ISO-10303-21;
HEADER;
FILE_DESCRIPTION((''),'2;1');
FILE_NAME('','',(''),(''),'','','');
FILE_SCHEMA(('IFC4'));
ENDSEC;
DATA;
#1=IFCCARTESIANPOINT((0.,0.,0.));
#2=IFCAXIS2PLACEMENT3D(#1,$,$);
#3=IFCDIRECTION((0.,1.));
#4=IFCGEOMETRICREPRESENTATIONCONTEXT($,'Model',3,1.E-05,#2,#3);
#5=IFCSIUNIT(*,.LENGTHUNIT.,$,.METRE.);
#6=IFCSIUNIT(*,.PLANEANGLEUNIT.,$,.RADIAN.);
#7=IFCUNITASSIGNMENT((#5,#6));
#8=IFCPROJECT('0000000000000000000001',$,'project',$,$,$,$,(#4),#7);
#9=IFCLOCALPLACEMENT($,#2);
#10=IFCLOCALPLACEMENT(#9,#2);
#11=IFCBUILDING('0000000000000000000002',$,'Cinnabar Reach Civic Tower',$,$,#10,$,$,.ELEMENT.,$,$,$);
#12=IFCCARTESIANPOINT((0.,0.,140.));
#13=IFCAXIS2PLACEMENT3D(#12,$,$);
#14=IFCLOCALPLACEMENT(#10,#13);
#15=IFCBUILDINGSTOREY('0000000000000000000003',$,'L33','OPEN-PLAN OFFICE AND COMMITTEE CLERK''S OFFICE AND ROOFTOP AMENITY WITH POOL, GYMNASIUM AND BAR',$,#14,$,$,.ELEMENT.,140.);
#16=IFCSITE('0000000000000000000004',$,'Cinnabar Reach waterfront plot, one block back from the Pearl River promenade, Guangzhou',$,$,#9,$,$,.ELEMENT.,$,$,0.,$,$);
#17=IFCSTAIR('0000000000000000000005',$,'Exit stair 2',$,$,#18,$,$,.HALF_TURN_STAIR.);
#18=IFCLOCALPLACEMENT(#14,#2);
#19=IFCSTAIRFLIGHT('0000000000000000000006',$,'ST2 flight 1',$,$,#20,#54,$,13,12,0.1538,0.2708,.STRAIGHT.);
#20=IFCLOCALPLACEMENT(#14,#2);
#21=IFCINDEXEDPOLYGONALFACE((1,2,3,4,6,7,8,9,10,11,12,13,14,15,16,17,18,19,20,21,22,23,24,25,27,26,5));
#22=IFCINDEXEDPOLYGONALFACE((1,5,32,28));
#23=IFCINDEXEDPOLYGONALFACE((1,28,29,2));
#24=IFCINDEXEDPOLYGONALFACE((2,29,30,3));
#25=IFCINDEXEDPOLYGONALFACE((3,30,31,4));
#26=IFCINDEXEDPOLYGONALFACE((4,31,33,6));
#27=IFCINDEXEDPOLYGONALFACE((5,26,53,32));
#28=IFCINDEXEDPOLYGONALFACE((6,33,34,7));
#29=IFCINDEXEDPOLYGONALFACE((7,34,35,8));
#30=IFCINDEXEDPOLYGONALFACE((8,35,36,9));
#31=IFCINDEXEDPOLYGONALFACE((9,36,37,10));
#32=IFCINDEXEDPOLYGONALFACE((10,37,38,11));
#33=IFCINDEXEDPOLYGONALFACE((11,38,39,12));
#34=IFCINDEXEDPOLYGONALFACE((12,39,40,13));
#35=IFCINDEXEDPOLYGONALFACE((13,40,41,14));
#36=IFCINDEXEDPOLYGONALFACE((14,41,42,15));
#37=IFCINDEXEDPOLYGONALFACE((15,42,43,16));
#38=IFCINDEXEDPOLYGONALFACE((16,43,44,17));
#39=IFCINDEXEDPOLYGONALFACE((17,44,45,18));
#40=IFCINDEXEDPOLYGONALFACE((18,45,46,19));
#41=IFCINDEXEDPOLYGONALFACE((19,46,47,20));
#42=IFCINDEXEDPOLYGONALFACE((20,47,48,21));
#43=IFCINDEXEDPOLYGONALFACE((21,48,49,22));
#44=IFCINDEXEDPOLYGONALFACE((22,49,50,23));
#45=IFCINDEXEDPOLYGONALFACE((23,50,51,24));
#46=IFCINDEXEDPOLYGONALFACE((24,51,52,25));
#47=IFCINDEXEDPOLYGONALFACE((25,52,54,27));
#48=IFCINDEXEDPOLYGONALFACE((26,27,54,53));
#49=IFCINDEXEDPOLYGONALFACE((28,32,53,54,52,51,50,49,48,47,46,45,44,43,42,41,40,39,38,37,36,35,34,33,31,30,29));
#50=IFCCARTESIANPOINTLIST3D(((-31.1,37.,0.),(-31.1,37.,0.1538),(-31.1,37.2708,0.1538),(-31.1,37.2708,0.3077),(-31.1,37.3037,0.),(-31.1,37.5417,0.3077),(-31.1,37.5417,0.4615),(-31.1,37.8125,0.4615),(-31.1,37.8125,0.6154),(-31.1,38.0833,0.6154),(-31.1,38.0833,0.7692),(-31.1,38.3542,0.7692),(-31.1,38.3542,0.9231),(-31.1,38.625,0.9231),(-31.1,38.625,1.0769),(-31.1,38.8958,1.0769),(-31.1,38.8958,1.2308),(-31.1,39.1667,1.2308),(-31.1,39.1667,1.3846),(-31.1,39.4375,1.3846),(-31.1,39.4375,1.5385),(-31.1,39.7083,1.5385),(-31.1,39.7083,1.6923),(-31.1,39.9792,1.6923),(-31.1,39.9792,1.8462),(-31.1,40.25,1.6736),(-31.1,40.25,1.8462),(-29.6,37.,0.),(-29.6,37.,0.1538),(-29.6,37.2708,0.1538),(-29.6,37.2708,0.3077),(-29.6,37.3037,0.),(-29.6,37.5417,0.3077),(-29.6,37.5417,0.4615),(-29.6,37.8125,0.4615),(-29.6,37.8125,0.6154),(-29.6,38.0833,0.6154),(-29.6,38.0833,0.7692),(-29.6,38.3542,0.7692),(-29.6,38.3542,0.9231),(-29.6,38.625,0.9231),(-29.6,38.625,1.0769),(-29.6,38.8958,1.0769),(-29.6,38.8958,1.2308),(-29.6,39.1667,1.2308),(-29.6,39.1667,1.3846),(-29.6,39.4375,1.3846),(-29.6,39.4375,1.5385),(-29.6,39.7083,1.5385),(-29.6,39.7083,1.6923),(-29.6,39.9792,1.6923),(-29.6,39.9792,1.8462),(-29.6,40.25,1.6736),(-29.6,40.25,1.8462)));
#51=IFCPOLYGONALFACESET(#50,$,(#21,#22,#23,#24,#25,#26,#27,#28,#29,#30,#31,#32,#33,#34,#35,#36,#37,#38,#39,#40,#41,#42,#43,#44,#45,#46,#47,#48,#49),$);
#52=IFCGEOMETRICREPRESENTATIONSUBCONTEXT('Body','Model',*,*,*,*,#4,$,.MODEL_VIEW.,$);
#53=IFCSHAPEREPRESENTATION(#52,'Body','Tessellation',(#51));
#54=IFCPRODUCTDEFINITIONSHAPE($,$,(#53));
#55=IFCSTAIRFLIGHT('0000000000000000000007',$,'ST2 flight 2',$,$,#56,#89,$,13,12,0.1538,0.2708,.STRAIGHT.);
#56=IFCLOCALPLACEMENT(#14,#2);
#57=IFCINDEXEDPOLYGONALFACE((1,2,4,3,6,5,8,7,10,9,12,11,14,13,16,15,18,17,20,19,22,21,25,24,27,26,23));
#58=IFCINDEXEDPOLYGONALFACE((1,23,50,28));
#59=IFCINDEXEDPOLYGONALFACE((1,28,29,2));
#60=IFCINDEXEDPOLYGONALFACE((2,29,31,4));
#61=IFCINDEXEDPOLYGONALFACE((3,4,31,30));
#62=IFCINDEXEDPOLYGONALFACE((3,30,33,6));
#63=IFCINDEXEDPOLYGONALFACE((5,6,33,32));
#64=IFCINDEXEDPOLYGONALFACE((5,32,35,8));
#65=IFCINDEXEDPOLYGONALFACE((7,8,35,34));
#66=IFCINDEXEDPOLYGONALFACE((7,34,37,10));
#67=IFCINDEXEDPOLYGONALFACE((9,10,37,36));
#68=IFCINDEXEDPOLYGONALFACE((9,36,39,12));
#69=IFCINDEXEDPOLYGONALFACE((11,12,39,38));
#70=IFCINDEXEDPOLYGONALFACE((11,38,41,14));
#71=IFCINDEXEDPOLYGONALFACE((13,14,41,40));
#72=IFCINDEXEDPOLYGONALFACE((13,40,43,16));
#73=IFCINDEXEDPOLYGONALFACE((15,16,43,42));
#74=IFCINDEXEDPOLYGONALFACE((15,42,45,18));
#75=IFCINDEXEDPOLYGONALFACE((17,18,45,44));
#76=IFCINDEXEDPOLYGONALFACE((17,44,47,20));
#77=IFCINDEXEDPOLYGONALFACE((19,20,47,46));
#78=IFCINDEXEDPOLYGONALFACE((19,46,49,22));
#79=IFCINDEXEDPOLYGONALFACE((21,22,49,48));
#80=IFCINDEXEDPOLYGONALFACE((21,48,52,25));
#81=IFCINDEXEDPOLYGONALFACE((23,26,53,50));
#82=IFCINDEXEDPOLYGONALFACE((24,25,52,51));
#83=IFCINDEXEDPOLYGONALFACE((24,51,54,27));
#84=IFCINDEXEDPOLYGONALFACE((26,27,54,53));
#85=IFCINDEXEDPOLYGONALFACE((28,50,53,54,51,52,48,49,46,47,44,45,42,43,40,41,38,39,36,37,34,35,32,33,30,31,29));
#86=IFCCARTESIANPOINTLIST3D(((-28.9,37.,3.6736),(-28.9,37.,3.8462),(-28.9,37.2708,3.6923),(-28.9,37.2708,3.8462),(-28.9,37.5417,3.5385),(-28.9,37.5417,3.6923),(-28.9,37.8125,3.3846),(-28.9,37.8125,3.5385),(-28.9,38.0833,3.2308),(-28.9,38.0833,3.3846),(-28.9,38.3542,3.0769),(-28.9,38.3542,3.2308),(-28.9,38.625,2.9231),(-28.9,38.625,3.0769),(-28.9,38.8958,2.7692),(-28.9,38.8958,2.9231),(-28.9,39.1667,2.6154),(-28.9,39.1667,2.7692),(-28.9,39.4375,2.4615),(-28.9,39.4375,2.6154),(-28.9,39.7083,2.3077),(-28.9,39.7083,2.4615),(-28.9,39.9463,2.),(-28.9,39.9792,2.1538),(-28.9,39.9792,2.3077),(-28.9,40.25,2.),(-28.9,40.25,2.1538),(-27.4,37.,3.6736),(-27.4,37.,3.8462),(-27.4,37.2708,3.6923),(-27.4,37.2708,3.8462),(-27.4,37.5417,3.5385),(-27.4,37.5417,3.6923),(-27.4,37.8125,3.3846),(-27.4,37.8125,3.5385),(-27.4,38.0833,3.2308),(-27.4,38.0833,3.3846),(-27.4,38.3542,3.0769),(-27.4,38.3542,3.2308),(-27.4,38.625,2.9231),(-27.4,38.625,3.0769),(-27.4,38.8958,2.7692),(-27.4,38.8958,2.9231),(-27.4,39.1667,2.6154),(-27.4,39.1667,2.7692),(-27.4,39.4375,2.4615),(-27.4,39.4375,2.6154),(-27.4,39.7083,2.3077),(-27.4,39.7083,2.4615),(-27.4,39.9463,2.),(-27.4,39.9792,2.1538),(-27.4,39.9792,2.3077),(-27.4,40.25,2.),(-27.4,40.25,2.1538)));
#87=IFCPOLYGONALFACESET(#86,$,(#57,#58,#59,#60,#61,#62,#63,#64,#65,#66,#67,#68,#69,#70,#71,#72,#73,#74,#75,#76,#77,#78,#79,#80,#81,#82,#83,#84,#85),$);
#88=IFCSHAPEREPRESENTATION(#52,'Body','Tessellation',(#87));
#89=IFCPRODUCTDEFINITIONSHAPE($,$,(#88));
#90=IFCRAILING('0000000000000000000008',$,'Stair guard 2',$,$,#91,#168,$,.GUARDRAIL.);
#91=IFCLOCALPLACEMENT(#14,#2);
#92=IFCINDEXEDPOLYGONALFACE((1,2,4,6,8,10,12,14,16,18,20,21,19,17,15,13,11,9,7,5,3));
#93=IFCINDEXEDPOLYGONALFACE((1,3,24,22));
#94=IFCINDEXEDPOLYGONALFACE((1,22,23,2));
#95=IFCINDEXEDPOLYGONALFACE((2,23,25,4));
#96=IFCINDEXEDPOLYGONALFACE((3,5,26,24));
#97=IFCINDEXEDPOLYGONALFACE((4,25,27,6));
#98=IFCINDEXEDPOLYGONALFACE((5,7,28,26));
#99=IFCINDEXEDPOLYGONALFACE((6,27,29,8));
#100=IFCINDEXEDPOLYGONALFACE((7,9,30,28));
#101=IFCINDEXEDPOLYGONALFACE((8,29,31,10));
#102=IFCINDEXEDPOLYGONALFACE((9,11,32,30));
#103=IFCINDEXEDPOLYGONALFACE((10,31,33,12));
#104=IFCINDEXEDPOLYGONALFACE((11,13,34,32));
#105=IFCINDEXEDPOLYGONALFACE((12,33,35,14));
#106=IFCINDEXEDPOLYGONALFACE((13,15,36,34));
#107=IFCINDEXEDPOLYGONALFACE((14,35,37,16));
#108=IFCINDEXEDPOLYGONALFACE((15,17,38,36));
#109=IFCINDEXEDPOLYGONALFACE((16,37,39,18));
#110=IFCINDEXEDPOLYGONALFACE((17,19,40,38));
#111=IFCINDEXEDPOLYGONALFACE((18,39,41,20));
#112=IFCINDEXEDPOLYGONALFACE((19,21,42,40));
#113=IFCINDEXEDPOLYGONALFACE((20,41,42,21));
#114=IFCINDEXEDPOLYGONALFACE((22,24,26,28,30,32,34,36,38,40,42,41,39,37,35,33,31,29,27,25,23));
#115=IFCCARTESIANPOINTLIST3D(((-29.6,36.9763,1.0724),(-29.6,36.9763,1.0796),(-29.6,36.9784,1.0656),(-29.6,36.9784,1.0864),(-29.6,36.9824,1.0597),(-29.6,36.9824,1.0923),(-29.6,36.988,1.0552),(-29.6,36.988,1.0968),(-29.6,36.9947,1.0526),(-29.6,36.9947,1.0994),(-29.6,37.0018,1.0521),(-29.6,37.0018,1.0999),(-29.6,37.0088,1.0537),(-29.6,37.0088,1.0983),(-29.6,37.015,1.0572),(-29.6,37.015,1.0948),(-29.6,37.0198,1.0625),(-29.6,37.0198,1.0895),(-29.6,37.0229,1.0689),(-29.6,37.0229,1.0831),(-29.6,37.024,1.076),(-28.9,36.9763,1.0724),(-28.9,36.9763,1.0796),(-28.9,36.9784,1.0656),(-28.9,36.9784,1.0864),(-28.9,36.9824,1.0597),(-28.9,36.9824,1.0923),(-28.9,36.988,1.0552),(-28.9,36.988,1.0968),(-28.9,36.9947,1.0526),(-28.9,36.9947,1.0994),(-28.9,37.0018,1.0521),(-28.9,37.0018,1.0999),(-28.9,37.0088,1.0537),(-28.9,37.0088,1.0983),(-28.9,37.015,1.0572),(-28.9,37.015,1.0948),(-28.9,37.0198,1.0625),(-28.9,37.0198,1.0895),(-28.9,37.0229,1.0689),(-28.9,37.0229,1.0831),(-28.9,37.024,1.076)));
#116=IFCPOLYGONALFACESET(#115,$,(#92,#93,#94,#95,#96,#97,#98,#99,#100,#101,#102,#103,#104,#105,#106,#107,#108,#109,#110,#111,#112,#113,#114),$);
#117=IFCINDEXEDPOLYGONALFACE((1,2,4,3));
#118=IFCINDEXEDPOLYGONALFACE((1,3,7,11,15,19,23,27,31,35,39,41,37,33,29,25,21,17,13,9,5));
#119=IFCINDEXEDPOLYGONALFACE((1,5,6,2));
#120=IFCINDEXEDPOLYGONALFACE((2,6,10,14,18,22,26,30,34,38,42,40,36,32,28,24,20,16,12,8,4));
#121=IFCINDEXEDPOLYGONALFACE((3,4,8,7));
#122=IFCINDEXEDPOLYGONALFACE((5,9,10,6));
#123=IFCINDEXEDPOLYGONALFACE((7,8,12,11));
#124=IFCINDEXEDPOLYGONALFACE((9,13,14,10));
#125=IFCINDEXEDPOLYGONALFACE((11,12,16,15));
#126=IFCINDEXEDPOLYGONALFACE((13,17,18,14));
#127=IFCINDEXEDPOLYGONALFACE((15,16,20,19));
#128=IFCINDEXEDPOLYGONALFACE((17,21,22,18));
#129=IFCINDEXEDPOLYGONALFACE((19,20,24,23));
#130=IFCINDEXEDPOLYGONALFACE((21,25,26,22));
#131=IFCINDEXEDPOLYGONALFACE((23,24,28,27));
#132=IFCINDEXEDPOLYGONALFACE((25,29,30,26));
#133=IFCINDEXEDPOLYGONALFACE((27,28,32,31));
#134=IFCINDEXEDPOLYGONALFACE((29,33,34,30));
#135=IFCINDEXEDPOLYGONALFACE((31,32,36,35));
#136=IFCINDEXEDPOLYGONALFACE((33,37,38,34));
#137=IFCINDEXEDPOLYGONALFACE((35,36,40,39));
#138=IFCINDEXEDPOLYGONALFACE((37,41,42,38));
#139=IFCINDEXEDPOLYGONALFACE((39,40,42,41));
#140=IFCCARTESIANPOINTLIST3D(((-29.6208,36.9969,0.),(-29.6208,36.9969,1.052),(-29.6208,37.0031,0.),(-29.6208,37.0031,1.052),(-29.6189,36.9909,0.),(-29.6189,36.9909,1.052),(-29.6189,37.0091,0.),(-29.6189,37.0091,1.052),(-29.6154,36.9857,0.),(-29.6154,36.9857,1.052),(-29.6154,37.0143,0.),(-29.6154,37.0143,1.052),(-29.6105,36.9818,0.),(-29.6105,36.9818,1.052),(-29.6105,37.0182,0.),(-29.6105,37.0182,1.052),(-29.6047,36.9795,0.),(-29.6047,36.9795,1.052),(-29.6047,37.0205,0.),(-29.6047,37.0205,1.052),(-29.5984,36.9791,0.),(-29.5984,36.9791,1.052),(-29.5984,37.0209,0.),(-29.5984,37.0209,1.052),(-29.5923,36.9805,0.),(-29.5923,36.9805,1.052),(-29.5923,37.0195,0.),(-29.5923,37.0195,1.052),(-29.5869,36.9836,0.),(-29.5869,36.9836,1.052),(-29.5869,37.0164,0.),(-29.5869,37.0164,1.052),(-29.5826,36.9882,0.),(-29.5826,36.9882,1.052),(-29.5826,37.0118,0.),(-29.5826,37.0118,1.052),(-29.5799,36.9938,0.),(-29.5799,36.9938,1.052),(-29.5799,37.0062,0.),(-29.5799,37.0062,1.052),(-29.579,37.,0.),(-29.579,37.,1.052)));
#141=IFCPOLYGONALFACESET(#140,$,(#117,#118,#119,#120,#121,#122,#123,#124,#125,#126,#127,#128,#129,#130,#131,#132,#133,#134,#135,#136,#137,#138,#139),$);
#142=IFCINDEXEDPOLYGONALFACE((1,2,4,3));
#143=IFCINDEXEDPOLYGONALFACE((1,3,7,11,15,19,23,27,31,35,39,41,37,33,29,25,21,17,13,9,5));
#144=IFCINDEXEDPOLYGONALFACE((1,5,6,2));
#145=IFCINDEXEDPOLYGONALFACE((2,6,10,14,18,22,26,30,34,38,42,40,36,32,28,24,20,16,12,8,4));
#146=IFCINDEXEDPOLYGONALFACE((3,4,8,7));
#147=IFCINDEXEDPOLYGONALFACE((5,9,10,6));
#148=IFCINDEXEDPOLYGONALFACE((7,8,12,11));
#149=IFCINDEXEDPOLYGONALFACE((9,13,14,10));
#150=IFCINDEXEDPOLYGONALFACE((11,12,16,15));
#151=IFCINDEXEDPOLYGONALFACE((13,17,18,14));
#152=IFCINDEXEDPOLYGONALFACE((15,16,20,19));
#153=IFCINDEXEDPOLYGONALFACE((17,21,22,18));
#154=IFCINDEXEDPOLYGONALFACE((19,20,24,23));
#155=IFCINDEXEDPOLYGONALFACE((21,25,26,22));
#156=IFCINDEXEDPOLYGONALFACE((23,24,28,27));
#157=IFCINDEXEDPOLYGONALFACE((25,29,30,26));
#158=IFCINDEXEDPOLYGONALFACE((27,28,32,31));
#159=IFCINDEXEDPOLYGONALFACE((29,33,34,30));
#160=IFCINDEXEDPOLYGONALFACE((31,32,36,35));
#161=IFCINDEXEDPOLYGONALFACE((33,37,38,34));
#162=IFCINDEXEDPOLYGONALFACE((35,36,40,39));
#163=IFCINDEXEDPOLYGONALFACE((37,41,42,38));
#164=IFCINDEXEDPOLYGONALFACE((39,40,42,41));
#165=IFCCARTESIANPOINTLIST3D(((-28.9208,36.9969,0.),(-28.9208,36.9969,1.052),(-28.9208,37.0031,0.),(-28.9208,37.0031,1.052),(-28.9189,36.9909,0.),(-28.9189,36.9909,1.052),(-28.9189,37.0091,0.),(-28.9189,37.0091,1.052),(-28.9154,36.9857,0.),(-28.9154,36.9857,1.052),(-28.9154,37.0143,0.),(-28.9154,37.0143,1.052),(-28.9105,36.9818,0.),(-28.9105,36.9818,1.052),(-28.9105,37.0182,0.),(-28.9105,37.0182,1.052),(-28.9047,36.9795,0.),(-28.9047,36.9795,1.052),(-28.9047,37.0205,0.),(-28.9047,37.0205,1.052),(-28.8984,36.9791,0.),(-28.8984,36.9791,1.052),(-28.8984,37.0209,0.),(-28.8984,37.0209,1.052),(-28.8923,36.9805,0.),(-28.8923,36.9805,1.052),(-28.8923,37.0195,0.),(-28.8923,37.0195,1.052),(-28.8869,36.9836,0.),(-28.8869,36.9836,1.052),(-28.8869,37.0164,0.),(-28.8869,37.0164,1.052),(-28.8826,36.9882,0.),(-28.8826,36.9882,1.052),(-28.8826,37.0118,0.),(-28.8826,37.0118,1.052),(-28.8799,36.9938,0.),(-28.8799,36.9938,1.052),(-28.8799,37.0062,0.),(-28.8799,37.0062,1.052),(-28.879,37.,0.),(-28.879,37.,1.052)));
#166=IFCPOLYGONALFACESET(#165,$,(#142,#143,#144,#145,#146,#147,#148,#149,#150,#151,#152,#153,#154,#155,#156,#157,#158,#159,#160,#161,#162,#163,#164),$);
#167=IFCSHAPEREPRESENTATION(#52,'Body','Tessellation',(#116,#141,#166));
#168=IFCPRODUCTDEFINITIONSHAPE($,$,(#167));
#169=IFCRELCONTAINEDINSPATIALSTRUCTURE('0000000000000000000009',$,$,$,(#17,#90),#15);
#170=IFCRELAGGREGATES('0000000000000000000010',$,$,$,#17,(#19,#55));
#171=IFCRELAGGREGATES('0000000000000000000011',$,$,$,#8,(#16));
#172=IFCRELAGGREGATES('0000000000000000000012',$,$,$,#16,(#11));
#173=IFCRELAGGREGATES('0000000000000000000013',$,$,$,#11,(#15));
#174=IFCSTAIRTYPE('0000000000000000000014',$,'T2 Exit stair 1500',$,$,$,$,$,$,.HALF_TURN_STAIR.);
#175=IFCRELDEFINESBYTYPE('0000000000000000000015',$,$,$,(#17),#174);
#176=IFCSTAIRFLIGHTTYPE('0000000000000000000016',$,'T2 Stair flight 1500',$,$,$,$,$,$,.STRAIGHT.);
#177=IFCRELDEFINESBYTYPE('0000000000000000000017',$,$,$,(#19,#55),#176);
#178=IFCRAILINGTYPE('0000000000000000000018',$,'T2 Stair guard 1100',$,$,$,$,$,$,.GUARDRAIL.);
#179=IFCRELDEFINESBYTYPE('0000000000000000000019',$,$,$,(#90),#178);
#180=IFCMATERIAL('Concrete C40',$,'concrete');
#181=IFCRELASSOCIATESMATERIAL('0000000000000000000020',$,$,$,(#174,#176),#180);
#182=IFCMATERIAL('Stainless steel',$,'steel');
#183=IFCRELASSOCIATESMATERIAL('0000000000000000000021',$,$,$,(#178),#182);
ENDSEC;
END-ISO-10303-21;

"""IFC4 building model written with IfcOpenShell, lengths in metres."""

from ifc_helpers import new_model, si_unit, direction, frame, origin, origin_2d, place, context, subcontext, project, spatial, polyline, circle, outline, extrude, material, type_object, element, aggregate, save


model = new_model("IFC4")

# Units and contexts
model_context = context("Model", 3, precision=1e-05, world=origin(), true_north=direction((0.0, 1.0)))
body_context = subcontext(model_context, "Body", "Model", "MODEL_VIEW")
ifc_project = project(units=[si_unit("LENGTHUNIT", "METRE"), si_unit("PLANEANGLEUNIT", "RADIAN")], contexts=[model_context])

# Site, building, storey
site_placement = place(None, origin())
site = spatial("IfcSite", under=ifc_project, at=site_placement, Name="Cinnabar Reach waterfront plot, one block back from the Pearl River promenade, Guangzhou", CompositionType="ELEMENT", RefElevation=0.0)
building_placement = place(site_placement, origin())
building = spatial("IfcBuilding", under=site, at=building_placement, Name="Cinnabar Reach Civic Tower", CompositionType="ELEMENT")
storey_placement = place(building_placement, frame((0.0, 0.0, 140.0)))
storey = spatial("IfcBuildingStorey", under=building, at=storey_placement, Name="L33", Description="OPEN-PLAN OFFICE AND COMMITTEE CLERK'S OFFICE AND ROOFTOP AMENITY WITH POOL, GYMNASIUM AND BAR", CompositionType="ELEMENT", Elevation=140.0)

# Shared definitions
ifc_material_1 = material(Name="Concrete C40", Category="concrete")

# Stair, stair flights
stair_type = type_object("IfcStairType", Name="T2 Exit stair 1500", PredefinedType="HALF_TURN_STAIR", material=ifc_material_1)
stair_placement = place(storey_placement, origin())
stair = element("IfcStair", 1, at=stair_placement, inside=storey, type_object=stair_type, Name="Exit stair 2", PredefinedType="HALF_TURN_STAIR")
stair_flight_type = type_object("IfcStairFlightType", Name="T2 Stair flight 1500", PredefinedType="STRAIGHT", material=ifc_material_1)
stair_flight_1_placement = place(storey_placement, frame((-30.35, 37.0, 0.0), z_axis=(0.0, 0.0, 1.0), x_axis=(0.0, 1.0, 0.0)))
stair_flight_1 = element("IfcStairFlight", 2, at=stair_flight_1_placement, type_object=stair_flight_type, Name="ST2 flight 1", NumberOfRisers=13, NumberOfTreads=12, PredefinedType="STRAIGHT", RiserHeight=0.1538, TreadLength=0.2708, context=body_context, shape_type="SweptSolid", body=[
    extrude(outline(polyline([(0.0, 0.0), (0.0, 0.1538), (0.2708, 0.1538), (0.2708, 0.3077), (0.5417, 0.3077), (0.5417, 0.4615), (0.8125, 0.4615), (0.8125, 0.6154), (1.0833, 0.6154), (1.0833, 0.7692), (1.3542, 0.7692), (1.3542, 0.9231), (1.625, 0.9231), (1.625, 1.0769), (1.8958, 1.0769), (1.8958, 1.2308), (2.1667, 1.2308), (2.1667, 1.3846), (2.4375, 1.3846), (2.4375, 1.5385), (2.7083, 1.5385), (2.7083, 1.6923), (2.9792, 1.6923), (2.9792, 1.8462), (3.25, 1.8462), (3.25, 2.0), (3.25, 1.6736), (0.3037, 0.0), (0.0, 0.0)])), frame((0.0, 0.75, 0.0), z_axis=(0.0, -1.0, 0.0), x_axis=(1.0, 0.0, 0.0)), (0.0, 0.0, 1.0), 1.5),
])
stair_flight_2_placement = place(storey_placement, frame((-28.15, 40.25, 2.0), z_axis=(0.0, 0.0, 1.0), x_axis=(0.0, -1.0, 0.0)))
stair_flight_2 = element("IfcStairFlight", 3, at=stair_flight_2_placement, type_object=stair_flight_type, Name="ST2 flight 2", NumberOfRisers=13, NumberOfTreads=12, PredefinedType="STRAIGHT", RiserHeight=0.1538, TreadLength=0.2708, context=body_context, shape_type="SweptSolid", body=[
    extrude(outline(polyline([(0.0, 0.0), (0.0, 0.1538), (0.2708, 0.1538), (0.2708, 0.3077), (0.5417, 0.3077), (0.5417, 0.4615), (0.8125, 0.4615), (0.8125, 0.6154), (1.0833, 0.6154), (1.0833, 0.7692), (1.3542, 0.7692), (1.3542, 0.9231), (1.625, 0.9231), (1.625, 1.0769), (1.8958, 1.0769), (1.8958, 1.2308), (2.1667, 1.2308), (2.1667, 1.3846), (2.4375, 1.3846), (2.4375, 1.5385), (2.7083, 1.5385), (2.7083, 1.6923), (2.9792, 1.6923), (2.9792, 1.8462), (3.25, 1.8462), (3.25, 2.0), (3.25, 1.6736), (0.3037, 0.0), (0.0, 0.0)])), frame((0.0, 0.75, 0.0), z_axis=(0.0, -1.0, 0.0), x_axis=(1.0, 0.0, 0.0)), (0.0, 0.0, 1.0), 1.5),
])
aggregate(stair, [stair_flight_1, stair_flight_2])

# Railing
ifc_material_2 = material(Name="Stainless steel", Category="steel")
railing_type = type_object("IfcRailingType", Name="T2 Stair guard 1100", PredefinedType="GUARDRAIL", material=ifc_material_2)
for number, where, name in (
    (4, (-29.6, 37.0, 0.0), "Stair guard 2"),
):
    element("IfcRailing", number, at=place(storey_placement, frame(where)), inside=storey, type_object=railing_type, Name=name, PredefinedType="GUARDRAIL", context=body_context, shape_type="SweptSolid", body=[
        extrude(circle(Radius=0.024, at=origin_2d()), frame((0.0, 0.0, 1.076), z_axis=(1.0, 0.0, 0.0), x_axis=(0.0, 1.0, 0.0)), (0.0, 0.0, 1.0), 0.7),
        extrude(circle(Radius=0.021, at=origin_2d()), origin(), (0.0, 0.0, 1.0), 1.052),
        extrude(circle(Radius=0.021, at=origin_2d()), frame((0.7, 0.0, 0.0)), (0.0, 0.0, 1.0), 1.052),
    ])

save(model, "model.ifc")
